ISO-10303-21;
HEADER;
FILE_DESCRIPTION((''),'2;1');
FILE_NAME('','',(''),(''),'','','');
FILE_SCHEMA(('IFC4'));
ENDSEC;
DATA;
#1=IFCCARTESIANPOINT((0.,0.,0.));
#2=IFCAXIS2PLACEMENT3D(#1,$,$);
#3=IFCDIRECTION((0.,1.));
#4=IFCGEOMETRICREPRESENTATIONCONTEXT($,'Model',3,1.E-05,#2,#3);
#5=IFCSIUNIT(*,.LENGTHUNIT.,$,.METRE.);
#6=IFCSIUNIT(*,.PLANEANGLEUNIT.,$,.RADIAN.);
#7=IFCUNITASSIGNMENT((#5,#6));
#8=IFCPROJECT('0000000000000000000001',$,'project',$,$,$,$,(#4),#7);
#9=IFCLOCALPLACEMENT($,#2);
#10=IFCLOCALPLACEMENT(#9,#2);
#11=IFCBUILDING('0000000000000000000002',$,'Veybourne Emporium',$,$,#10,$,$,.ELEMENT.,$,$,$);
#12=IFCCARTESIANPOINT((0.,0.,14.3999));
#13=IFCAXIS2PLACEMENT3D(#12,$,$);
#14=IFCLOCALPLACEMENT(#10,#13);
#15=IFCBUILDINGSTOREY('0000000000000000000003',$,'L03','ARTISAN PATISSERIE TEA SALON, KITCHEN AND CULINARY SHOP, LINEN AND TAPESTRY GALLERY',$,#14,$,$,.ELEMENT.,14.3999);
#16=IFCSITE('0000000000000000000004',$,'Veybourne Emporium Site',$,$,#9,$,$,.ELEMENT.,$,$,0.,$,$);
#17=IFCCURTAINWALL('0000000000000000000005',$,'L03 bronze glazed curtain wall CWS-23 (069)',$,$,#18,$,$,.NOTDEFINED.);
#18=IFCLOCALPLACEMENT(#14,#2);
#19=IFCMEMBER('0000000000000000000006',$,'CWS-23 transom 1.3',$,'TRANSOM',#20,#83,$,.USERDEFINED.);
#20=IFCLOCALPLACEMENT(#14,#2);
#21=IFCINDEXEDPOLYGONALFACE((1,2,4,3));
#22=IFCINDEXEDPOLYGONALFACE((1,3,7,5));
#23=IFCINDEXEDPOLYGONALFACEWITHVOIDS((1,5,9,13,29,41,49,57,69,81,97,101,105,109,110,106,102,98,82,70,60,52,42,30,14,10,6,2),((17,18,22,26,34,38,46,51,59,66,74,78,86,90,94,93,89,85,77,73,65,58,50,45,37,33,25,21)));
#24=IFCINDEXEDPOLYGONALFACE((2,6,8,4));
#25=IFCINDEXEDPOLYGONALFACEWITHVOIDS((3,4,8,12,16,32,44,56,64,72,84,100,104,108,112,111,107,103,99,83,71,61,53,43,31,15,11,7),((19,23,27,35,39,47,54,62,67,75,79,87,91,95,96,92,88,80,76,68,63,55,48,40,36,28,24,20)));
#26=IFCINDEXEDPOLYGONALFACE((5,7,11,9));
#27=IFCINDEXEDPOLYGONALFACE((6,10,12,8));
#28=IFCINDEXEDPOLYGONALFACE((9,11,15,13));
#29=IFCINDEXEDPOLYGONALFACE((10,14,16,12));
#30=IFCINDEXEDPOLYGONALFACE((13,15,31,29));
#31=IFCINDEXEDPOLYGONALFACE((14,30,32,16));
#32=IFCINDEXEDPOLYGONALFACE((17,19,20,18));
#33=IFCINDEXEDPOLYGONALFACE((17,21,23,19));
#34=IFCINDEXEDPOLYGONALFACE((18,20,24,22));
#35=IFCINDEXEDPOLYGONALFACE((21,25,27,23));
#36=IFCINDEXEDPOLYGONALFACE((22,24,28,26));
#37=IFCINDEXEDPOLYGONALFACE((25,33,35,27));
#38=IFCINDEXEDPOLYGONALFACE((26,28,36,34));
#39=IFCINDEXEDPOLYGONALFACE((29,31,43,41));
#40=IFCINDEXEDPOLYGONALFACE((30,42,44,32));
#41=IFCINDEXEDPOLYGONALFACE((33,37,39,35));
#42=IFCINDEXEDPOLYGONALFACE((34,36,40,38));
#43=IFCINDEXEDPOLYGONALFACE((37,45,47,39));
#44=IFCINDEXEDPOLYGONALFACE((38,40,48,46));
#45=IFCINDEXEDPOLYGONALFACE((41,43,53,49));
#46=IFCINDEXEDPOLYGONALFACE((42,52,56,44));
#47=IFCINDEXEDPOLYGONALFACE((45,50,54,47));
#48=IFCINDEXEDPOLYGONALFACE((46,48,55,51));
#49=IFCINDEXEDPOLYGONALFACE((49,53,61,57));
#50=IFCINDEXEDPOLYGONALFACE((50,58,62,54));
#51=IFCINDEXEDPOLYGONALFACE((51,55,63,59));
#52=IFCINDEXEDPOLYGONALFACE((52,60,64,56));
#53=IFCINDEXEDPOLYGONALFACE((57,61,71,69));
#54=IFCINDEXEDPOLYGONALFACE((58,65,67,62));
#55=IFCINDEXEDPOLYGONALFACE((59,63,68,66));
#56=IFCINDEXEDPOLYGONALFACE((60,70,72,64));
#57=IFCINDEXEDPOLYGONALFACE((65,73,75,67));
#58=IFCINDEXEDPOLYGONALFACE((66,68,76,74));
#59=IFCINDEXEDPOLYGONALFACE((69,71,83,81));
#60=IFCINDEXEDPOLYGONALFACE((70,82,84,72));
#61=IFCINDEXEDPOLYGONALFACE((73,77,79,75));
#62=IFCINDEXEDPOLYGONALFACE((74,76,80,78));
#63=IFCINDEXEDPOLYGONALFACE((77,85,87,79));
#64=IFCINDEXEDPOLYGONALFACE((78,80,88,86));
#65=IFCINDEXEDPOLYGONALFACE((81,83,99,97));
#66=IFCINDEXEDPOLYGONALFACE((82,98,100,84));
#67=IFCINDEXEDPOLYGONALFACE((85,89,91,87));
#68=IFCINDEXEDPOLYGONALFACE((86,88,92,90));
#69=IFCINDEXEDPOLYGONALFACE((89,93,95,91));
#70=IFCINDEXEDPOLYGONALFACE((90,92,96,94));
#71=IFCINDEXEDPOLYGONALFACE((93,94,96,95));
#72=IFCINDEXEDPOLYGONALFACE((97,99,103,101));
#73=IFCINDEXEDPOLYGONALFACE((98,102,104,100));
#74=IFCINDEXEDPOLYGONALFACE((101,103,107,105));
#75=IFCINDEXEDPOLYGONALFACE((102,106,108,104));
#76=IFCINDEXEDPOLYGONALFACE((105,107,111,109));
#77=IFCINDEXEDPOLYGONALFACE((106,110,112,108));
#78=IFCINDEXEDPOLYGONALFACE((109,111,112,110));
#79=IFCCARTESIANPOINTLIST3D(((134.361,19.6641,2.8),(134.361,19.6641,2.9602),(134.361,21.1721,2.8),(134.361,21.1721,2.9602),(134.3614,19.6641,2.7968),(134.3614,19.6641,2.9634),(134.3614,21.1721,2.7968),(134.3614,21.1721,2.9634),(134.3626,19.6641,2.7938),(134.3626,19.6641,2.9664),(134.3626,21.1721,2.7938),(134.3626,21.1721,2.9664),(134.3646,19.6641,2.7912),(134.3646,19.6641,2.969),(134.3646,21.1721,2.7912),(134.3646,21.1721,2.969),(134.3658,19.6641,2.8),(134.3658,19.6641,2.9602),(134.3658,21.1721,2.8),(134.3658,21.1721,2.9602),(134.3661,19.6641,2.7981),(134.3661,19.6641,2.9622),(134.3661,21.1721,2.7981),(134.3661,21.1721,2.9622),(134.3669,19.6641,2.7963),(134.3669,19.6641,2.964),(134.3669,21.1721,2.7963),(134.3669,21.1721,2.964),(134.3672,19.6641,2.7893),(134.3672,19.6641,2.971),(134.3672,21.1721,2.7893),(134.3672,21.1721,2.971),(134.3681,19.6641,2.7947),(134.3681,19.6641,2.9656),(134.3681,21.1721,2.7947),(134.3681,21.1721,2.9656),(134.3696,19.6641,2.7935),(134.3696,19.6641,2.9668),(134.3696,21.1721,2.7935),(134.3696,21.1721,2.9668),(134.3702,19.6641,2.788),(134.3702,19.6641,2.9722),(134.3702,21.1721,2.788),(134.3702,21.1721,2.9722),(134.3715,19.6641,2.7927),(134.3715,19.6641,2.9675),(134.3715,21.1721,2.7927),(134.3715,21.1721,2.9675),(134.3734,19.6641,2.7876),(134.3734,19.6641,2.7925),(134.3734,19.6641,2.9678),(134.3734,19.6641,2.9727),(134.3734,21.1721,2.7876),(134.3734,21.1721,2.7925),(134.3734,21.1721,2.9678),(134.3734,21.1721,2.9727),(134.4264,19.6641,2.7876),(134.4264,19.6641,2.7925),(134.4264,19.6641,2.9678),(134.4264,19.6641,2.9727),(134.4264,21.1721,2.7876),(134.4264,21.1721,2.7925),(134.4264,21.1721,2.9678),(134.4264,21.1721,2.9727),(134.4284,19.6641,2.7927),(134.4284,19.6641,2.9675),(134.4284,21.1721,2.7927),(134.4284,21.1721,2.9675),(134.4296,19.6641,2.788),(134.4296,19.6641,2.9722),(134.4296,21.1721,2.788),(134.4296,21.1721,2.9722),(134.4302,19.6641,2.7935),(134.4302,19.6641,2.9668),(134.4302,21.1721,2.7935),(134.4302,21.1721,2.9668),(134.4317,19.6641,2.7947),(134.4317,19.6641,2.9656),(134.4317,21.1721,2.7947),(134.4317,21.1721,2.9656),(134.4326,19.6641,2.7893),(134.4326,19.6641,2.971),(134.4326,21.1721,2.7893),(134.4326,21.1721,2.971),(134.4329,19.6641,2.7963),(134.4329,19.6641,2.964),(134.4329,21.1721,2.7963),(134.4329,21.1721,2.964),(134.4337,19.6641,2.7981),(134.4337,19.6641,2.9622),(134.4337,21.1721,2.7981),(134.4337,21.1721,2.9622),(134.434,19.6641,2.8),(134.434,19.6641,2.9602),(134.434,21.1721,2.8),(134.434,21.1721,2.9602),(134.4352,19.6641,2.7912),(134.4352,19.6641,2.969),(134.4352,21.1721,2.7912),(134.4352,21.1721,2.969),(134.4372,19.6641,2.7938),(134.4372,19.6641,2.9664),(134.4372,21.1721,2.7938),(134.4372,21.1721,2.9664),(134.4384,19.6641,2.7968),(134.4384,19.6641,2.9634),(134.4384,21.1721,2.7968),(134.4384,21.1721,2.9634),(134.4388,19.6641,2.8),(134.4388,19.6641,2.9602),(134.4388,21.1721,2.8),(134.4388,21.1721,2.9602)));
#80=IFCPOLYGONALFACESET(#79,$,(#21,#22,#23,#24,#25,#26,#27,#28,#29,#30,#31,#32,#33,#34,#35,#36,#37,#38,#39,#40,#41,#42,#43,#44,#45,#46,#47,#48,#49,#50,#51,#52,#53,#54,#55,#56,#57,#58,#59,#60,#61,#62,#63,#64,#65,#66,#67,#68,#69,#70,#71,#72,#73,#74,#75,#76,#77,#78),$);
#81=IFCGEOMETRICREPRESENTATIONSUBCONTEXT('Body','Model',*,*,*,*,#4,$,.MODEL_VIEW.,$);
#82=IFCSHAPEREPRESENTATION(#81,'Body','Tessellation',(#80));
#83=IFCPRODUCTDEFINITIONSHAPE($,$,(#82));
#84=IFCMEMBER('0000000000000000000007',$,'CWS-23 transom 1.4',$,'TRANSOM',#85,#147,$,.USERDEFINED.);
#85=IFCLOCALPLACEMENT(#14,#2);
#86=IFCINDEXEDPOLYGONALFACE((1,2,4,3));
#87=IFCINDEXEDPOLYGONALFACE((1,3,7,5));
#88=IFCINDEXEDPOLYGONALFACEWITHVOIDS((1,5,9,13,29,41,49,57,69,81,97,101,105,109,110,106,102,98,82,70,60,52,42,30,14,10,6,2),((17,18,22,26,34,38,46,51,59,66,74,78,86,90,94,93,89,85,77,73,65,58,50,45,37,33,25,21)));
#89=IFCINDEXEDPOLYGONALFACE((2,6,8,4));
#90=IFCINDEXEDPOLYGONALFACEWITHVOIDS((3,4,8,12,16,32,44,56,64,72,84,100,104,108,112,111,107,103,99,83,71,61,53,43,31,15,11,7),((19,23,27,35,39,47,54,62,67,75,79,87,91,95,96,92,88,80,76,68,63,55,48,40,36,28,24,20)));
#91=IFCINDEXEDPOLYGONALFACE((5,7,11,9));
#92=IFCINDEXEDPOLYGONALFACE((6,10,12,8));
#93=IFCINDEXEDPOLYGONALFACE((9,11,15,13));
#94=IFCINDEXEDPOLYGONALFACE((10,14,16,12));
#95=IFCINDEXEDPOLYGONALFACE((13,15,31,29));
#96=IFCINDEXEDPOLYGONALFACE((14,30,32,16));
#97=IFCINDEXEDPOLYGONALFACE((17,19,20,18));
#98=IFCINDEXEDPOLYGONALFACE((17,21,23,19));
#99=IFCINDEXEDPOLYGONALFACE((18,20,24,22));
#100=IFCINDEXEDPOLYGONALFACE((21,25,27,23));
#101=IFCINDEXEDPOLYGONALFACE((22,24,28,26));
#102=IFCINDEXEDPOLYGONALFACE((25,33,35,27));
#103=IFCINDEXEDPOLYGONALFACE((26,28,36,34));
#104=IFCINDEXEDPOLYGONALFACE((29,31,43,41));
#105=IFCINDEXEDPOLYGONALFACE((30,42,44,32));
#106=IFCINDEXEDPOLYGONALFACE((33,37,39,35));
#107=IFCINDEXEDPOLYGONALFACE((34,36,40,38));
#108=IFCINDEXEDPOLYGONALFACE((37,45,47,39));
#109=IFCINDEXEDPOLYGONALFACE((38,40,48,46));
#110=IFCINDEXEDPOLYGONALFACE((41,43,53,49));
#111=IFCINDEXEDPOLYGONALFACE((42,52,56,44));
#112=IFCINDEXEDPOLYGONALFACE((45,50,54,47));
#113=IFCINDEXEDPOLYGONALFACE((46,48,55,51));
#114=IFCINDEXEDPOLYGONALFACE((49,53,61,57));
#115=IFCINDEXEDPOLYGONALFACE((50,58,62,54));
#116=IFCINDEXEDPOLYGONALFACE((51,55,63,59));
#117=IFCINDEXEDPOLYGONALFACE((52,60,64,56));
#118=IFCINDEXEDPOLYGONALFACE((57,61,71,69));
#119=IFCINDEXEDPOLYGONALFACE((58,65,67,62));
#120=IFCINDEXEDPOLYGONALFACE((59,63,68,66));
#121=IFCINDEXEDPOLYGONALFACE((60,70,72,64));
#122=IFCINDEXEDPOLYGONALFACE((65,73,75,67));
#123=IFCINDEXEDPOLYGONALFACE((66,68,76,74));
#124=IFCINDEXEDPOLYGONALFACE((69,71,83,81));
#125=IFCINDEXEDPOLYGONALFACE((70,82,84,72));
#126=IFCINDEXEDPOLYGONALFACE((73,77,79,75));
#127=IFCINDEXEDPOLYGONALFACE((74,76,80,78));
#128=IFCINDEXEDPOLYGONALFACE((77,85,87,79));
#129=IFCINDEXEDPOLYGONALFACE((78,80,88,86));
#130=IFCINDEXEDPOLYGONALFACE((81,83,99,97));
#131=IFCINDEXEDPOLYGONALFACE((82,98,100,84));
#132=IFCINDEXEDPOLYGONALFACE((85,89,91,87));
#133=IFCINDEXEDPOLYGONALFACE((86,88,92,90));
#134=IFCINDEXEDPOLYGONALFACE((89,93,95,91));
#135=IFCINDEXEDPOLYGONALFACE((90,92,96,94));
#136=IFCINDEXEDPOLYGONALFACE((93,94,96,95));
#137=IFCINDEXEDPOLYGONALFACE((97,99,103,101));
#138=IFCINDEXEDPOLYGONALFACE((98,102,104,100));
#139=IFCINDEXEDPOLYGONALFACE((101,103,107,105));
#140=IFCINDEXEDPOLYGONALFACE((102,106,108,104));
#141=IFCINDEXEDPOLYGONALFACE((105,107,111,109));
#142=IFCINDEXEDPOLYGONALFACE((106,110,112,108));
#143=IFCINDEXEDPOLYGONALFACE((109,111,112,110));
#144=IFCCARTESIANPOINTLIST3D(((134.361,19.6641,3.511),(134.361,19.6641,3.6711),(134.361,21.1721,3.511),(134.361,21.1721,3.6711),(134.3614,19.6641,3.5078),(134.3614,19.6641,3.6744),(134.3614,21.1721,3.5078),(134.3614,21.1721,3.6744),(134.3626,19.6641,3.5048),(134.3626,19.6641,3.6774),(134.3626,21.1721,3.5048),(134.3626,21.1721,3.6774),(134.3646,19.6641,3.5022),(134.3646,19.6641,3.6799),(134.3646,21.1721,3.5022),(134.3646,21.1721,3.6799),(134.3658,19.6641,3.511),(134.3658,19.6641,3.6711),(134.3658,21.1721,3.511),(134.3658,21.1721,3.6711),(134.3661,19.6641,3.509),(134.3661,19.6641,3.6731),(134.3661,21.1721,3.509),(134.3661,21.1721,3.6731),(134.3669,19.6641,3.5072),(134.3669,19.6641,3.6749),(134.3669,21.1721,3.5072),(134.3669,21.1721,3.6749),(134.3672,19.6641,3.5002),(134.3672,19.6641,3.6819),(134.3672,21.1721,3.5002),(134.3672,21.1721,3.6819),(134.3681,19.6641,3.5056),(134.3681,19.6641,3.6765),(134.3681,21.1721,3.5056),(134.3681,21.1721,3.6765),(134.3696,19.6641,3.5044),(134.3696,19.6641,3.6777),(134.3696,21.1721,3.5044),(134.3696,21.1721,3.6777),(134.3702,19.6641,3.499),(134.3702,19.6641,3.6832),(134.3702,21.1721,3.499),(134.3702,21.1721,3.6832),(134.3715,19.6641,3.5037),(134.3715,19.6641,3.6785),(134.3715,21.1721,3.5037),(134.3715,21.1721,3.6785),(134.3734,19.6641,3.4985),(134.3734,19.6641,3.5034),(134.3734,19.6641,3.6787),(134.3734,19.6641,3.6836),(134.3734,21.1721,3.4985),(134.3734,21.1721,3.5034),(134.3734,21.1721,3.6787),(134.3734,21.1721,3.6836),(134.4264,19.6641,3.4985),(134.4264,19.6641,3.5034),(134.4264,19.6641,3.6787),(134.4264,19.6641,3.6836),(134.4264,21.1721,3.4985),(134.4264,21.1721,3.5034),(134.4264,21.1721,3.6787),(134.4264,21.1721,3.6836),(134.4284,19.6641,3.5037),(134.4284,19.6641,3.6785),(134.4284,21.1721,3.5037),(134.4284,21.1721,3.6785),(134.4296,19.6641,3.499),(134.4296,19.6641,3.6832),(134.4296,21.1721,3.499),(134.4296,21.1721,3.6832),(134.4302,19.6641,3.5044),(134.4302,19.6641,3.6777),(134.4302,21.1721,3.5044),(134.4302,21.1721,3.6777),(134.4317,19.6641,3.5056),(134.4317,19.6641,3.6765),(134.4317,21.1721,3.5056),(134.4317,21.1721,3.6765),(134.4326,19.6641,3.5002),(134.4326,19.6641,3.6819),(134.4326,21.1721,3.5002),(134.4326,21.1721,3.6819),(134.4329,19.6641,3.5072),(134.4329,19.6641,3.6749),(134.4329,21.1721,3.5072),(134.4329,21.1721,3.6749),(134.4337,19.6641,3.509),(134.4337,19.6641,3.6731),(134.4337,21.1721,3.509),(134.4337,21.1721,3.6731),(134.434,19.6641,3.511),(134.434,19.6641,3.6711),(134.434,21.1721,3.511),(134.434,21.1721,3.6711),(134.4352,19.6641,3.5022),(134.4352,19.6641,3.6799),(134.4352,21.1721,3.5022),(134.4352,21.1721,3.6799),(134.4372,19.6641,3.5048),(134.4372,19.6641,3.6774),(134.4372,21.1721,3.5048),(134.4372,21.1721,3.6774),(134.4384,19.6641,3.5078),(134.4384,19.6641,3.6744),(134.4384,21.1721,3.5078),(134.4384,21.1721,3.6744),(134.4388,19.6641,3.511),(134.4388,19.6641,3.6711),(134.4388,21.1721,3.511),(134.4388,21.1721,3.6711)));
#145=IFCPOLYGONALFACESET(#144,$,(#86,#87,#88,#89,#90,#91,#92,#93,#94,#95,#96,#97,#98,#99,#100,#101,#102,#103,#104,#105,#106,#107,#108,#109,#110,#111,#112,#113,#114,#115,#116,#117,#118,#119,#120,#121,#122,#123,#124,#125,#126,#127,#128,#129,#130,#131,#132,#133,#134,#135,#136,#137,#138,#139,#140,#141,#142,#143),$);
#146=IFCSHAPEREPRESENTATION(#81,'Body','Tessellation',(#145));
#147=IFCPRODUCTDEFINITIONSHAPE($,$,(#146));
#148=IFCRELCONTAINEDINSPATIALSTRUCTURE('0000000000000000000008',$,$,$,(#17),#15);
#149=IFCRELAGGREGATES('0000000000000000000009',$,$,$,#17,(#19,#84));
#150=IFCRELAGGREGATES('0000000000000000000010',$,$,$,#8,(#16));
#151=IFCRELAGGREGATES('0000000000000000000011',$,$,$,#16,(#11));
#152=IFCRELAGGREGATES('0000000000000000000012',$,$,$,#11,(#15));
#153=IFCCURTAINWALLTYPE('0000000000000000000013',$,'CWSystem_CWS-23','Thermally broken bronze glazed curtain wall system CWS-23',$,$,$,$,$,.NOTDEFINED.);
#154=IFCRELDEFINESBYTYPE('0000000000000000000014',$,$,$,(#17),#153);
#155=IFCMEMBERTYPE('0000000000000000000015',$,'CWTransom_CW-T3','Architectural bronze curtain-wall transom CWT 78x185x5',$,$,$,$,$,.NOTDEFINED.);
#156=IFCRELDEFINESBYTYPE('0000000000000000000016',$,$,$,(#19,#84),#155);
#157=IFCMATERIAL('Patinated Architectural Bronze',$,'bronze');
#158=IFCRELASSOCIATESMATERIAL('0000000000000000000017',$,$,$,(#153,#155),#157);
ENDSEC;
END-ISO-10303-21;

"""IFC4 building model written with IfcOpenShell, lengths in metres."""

from ifc_helpers import new_model, si_unit, direction, frame, origin, origin_2d, place, context, subcontext, project, spatial, hollow_rectangle, extrude, material, material_profile, profile_set, type_object, element, aggregate, save


model = new_model("IFC4")

# Units and contexts
model_context = context("Model", 3, precision=1e-05, world=origin(), true_north=direction((0.0, 1.0)))
body_context = subcontext(model_context, "Body", "Model", "MODEL_VIEW")
ifc_project = project(units=[si_unit("LENGTHUNIT", "METRE"), si_unit("PLANEANGLEUNIT", "RADIAN")], contexts=[model_context])

# Site, building, storey
site_placement = place(None, origin())
site = spatial("IfcSite", under=ifc_project, at=site_placement, Name="Veybourne Emporium Site", CompositionType="ELEMENT", RefElevation=0.0)
building_placement = place(site_placement, origin())
building = spatial("IfcBuilding", under=site, at=building_placement, Name="Veybourne Emporium", CompositionType="ELEMENT")
storey_placement = place(building_placement, frame((0.0, 0.0, 14.3999)))
storey = spatial("IfcBuildingStorey", under=building, at=storey_placement, Name="L03", Description="ARTISAN PATISSERIE TEA SALON, KITCHEN AND CULINARY SHOP, LINEN AND TAPESTRY GALLERY", CompositionType="ELEMENT", Elevation=14.3999)

# Curtain wall, members
ifc_material_1 = material(Name="Patinated Architectural Bronze", Category="bronze")
curtain_wall_type = type_object("IfcCurtainWallType", Name="CWSystem_CWS-23", Description="Thermally broken bronze glazed curtain wall system CWS-23", PredefinedType="NOTDEFINED", material=ifc_material_1)
curtain_wall_placement = place(storey_placement, origin())
curtain_wall = element("IfcCurtainWall", 1, at=curtain_wall_placement, inside=storey, type_object=curtain_wall_type, Name="L03 bronze glazed curtain wall CWS-23 (069)", PredefinedType="NOTDEFINED")
ifc_material_profile_1 = material_profile(ifc_material_1, hollow_rectangle(XDim=0.0779, YDim=0.1851, WallThickness=0.0049, InnerFilletRadius=0.0076, OuterFilletRadius=0.0125, at=origin_2d()), Name="CWT 78x185x5")
ifc_profile_set_1 = profile_set([ifc_material_profile_1], Name="Patinated Architectural Bronze")
member_type_1 = type_object("IfcMemberType", Name="CWTransom_CW-T3", Description="Architectural bronze curtain-wall transom CWT 78x185x5", PredefinedType="NOTDEFINED", material=ifc_profile_set_1)
member_1_placement = place(storey_placement, frame((134.3999, 21.1721, 2.8801), z_axis=(0.0, -1.0, 0.0), x_axis=(1.0, 0.0, 0.0)))
member_1 = element("IfcMember", 2, at=member_1_placement, type_object=member_type_1, Name="CWS-23 transom 1.3", ObjectType="TRANSOM", PredefinedType="USERDEFINED", context=body_context, shape_type="SweptSolid", body=[
    extrude(hollow_rectangle(XDim=0.0779, YDim=0.1851, WallThickness=0.0049, InnerFilletRadius=0.0076, OuterFilletRadius=0.0125, at=origin_2d()), origin(), (0.0, 0.0, 1.0), 1.5081),
])
member_2_placement = place(storey_placement, frame((134.3999, 21.1721, 3.5911), z_axis=(0.0, -1.0, 0.0), x_axis=(1.0, 0.0, 0.0)))
member_2 = element("IfcMember", 3, at=member_2_placement, type_object=member_type_1, Name="CWS-23 transom 1.4", ObjectType="TRANSOM", PredefinedType="USERDEFINED", context=body_context, shape_type="SweptSolid", body=[
    extrude(hollow_rectangle(XDim=0.0779, YDim=0.1851, WallThickness=0.0049, InnerFilletRadius=0.0076, OuterFilletRadius=0.0125, at=origin_2d()), origin(), (0.0, 0.0, 1.0), 1.5081),
])
aggregate(curtain_wall, [member_1, member_2])

save(model, "model.ifc")
